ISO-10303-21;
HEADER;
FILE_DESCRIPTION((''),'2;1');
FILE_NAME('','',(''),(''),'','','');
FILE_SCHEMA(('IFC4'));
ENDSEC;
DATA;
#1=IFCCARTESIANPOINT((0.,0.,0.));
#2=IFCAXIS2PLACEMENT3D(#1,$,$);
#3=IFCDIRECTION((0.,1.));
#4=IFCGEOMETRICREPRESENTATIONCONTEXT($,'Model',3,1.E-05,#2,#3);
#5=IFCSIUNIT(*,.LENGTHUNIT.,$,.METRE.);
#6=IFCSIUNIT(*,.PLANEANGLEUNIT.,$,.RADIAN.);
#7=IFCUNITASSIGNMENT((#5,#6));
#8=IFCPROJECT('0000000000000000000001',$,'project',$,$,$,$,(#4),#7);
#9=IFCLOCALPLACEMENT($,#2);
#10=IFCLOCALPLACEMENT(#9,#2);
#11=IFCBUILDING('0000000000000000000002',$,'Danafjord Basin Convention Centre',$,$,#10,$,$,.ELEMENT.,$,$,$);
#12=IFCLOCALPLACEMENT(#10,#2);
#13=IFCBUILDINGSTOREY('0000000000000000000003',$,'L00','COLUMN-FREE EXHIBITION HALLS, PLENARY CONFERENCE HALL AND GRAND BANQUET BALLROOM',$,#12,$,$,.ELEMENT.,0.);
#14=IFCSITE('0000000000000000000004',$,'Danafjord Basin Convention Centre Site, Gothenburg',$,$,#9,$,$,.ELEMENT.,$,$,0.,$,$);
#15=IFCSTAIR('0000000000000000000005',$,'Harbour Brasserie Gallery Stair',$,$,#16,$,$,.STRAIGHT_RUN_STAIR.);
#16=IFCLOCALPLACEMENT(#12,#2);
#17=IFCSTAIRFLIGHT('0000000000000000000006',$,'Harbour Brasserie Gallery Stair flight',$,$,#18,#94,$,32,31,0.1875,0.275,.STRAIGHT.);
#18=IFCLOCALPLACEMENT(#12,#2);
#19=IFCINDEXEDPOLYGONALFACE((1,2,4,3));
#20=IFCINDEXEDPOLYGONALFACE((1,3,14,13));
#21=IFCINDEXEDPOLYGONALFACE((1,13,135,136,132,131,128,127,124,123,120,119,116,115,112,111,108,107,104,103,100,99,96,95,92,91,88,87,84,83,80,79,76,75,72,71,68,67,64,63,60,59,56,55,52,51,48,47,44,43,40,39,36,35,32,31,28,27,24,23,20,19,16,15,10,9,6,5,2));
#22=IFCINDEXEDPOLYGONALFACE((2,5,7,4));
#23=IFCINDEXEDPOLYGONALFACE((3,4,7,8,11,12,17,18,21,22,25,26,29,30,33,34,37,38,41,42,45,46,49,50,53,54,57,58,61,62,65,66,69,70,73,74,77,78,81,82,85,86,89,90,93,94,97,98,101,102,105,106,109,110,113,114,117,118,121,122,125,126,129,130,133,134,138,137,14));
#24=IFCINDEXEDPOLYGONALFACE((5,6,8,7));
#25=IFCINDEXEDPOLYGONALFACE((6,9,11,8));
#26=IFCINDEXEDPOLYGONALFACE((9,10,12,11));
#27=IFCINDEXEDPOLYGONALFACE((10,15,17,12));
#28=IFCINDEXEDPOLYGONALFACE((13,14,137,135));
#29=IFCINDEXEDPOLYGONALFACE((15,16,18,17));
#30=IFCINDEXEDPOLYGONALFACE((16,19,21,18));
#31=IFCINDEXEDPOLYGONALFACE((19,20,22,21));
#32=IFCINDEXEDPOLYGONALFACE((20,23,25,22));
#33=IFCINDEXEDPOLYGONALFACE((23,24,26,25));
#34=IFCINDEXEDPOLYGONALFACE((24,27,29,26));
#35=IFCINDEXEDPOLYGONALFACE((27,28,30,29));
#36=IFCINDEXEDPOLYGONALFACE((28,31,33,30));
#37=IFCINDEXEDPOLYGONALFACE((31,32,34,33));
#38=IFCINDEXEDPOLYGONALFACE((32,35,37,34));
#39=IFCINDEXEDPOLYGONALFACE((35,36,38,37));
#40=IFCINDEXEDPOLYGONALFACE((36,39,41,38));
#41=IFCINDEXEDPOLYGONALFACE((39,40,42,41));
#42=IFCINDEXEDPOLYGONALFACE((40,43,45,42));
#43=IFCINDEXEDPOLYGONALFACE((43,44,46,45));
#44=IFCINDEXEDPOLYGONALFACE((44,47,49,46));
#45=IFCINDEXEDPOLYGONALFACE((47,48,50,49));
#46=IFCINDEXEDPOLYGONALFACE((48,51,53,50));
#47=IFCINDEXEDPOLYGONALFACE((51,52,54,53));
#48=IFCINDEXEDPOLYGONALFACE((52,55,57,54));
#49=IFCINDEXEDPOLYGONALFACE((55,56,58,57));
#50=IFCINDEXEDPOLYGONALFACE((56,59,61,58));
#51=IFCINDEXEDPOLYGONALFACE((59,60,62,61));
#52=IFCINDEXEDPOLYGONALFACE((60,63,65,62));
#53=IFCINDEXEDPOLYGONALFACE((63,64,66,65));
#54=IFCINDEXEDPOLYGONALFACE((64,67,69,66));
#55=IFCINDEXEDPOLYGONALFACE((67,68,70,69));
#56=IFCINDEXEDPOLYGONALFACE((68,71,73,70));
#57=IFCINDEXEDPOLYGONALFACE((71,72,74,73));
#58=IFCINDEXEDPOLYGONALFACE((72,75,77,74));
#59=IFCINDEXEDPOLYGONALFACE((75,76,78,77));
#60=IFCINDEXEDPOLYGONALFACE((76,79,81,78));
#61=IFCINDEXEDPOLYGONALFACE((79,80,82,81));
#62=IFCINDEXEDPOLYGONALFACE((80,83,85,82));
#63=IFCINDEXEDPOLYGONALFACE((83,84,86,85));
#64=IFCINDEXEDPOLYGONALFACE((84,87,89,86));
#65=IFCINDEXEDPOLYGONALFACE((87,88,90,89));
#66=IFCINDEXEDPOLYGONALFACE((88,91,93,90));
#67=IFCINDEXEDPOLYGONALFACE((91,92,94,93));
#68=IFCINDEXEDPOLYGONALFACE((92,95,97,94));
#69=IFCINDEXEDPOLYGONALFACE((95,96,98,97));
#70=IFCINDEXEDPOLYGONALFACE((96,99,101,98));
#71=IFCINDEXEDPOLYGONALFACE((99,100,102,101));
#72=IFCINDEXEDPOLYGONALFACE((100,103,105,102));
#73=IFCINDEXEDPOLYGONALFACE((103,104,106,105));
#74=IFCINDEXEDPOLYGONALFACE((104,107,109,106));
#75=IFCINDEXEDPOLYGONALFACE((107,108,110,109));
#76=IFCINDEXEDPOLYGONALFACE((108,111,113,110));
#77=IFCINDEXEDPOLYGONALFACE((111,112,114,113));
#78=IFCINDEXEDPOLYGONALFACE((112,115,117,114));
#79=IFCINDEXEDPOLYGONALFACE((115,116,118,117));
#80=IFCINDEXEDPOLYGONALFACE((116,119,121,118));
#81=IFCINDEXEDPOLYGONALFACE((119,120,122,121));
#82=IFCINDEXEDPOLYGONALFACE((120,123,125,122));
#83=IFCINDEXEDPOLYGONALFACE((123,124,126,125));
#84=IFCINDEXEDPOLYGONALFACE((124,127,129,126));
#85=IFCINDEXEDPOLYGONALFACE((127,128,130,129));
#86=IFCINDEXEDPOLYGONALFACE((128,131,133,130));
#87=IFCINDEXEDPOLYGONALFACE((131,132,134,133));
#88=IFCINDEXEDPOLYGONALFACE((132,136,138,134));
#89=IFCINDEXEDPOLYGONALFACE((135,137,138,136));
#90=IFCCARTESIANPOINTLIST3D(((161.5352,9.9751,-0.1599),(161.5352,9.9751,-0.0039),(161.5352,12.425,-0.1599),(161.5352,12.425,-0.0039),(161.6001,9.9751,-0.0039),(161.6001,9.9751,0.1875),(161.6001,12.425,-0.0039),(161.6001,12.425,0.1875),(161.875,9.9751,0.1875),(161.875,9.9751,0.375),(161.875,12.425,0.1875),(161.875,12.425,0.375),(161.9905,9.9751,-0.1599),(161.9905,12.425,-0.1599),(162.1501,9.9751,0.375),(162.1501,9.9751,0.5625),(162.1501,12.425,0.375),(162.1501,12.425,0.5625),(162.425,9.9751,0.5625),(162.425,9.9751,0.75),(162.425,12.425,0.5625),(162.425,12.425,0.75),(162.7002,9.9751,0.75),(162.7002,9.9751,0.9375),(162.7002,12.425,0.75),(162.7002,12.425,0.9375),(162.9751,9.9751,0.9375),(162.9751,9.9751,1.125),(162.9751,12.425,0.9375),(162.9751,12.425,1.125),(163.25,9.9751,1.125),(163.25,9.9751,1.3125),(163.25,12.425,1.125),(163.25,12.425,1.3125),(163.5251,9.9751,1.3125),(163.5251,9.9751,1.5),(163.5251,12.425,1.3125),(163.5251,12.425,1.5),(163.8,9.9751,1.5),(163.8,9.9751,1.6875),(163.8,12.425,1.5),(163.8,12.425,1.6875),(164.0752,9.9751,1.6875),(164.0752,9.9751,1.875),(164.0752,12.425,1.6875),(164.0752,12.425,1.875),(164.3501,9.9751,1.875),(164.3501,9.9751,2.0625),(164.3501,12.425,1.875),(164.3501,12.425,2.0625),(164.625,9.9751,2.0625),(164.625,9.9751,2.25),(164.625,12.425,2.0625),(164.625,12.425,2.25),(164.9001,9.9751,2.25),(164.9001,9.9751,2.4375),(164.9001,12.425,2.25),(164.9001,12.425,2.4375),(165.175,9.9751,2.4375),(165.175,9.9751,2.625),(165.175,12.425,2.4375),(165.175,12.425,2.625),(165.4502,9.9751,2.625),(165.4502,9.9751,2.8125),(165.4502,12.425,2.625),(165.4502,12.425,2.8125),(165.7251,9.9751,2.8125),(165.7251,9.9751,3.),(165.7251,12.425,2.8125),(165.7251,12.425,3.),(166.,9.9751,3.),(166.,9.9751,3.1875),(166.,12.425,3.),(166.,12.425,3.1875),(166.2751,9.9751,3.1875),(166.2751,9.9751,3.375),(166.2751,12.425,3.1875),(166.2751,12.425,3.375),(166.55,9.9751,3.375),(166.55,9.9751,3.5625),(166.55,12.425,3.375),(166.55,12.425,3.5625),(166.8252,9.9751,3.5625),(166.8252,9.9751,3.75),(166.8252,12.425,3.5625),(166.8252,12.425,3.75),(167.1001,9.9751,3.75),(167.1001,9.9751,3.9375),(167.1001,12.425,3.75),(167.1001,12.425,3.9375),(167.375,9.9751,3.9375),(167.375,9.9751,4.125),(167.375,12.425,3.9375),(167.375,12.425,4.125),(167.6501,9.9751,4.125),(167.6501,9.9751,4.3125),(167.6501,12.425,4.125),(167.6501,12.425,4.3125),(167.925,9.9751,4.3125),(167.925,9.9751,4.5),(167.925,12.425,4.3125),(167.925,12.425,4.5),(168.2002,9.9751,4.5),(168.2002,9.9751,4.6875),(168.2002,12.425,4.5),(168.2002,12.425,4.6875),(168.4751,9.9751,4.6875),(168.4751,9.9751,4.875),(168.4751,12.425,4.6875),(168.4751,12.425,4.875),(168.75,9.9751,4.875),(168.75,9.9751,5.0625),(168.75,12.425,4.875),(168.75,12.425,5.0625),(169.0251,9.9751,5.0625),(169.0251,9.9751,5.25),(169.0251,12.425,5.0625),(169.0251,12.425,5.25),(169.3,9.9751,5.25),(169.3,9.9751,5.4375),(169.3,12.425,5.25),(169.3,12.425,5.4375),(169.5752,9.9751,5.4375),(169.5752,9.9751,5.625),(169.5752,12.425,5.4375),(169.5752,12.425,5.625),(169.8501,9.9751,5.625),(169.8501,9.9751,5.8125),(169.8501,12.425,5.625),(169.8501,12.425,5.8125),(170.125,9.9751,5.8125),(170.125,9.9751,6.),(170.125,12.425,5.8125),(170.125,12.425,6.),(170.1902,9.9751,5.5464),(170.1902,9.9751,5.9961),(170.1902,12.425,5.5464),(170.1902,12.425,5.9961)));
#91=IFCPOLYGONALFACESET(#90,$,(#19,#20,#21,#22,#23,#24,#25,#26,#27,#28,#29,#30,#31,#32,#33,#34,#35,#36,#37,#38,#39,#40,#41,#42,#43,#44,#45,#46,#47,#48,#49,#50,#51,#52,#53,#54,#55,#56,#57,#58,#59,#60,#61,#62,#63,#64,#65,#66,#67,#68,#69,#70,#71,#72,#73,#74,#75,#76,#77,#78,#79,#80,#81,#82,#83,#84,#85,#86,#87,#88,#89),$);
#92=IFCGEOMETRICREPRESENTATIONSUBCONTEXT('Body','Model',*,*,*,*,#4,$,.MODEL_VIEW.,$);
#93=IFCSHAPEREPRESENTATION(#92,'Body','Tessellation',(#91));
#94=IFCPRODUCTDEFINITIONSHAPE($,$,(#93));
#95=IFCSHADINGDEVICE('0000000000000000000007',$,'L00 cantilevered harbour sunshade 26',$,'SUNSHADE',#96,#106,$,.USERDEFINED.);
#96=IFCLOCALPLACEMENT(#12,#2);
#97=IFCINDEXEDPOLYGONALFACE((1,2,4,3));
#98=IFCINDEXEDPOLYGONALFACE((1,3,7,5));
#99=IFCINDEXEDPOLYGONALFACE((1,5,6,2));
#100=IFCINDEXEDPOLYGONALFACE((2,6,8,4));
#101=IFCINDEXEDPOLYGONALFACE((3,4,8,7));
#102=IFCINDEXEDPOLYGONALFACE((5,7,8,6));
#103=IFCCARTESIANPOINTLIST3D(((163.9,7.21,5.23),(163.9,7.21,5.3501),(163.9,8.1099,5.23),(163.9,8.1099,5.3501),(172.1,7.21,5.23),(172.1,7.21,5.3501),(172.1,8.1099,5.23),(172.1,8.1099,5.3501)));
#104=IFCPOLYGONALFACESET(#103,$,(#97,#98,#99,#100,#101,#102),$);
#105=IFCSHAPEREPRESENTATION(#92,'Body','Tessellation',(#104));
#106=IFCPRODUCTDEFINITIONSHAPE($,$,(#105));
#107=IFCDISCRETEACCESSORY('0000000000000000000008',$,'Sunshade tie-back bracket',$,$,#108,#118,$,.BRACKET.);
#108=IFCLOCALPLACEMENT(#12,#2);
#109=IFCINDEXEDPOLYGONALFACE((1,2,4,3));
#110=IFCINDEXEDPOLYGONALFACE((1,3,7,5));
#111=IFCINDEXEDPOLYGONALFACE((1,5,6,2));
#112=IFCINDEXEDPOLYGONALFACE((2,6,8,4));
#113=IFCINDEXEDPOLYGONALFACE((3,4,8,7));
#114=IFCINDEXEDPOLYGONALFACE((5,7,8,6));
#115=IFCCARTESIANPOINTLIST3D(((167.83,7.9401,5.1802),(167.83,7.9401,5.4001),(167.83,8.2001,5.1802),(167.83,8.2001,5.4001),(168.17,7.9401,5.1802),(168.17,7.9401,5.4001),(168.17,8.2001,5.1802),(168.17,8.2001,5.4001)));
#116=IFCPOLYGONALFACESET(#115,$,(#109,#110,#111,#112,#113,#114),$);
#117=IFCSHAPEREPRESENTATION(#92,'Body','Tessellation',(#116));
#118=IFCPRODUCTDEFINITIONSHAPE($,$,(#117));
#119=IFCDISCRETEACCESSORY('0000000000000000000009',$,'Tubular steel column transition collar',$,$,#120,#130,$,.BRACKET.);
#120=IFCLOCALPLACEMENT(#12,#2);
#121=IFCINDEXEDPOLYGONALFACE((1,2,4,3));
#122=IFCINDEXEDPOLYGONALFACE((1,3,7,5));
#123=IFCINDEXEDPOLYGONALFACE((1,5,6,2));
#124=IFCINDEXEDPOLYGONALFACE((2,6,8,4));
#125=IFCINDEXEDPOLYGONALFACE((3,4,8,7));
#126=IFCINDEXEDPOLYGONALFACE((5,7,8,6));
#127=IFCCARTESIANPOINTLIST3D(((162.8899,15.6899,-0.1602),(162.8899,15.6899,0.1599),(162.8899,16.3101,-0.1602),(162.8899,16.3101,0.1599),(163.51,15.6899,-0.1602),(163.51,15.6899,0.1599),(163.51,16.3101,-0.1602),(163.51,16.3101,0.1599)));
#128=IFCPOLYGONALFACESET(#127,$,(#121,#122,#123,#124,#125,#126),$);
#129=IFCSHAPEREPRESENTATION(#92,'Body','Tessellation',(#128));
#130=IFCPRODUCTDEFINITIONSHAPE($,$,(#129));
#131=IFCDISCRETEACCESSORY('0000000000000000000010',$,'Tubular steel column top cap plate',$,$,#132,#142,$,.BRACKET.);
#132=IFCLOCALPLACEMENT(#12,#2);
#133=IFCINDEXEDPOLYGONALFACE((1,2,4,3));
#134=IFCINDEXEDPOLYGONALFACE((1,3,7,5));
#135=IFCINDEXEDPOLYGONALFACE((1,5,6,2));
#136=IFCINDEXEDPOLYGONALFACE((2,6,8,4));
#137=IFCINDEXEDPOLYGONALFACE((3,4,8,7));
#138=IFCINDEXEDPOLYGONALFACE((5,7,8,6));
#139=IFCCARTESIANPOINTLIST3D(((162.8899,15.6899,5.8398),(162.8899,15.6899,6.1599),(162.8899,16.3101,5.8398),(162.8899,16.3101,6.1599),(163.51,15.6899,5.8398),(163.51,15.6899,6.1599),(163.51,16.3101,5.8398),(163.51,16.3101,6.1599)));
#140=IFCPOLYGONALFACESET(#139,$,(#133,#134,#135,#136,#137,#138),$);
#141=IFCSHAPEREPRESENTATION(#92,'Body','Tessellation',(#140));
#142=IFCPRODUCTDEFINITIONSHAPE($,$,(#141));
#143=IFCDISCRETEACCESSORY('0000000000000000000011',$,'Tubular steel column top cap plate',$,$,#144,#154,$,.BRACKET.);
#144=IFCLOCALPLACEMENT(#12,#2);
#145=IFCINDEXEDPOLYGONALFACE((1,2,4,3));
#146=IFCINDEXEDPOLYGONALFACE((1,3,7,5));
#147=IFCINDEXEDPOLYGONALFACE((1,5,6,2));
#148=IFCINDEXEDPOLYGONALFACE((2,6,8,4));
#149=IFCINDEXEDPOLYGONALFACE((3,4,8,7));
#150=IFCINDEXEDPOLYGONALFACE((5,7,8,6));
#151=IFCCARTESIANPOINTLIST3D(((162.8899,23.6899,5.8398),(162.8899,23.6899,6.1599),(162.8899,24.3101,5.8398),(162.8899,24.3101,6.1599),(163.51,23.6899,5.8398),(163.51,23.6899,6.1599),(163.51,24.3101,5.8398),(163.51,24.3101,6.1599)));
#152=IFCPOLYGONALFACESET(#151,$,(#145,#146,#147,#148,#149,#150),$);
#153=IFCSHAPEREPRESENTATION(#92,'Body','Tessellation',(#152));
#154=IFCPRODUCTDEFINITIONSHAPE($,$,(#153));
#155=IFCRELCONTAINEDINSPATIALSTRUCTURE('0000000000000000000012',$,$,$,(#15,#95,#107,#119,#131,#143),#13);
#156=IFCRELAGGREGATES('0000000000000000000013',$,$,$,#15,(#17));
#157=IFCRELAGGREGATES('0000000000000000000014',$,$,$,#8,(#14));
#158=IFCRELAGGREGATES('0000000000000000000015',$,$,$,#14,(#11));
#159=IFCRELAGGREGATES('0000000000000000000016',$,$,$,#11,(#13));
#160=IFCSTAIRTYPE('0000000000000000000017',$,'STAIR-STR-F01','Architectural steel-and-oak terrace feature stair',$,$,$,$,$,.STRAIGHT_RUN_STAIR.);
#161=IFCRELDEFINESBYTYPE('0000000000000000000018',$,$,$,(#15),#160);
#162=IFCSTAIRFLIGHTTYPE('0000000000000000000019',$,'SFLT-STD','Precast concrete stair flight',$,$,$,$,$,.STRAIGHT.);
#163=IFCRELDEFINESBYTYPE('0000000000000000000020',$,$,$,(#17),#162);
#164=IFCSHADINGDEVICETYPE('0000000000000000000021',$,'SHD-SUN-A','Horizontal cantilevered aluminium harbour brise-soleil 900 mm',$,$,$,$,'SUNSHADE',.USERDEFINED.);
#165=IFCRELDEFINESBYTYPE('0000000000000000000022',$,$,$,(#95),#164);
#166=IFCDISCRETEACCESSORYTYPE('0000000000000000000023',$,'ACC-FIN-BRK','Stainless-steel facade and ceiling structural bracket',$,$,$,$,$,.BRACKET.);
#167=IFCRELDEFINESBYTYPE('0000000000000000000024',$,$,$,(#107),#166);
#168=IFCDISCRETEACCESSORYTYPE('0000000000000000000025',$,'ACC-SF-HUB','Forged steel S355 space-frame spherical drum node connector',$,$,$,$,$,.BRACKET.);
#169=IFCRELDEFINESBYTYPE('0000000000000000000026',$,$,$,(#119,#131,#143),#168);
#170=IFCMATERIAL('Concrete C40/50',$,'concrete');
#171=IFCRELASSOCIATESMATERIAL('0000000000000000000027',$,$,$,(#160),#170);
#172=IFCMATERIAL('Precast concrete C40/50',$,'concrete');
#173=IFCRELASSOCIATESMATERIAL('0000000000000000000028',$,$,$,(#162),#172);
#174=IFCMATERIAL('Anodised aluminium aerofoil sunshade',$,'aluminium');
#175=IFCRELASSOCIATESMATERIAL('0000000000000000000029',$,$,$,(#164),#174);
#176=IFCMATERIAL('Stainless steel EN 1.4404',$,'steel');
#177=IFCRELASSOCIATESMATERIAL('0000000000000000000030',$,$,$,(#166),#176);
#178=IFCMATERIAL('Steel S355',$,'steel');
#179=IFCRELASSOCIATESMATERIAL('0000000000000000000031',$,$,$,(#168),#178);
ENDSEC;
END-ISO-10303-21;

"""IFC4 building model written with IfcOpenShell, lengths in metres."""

from ifc_helpers import new_model, si_unit, direction, frame, origin, origin_2d, place, context, subcontext, project, spatial, polyline, rectangle, outline, extrude, material, type_object, element, aggregate, save


model = new_model("IFC4")

# Units and contexts
model_context = context("Model", 3, precision=1e-05, world=origin(), true_north=direction((0.0, 1.0)))
body_context = subcontext(model_context, "Body", "Model", "MODEL_VIEW")
ifc_project = project(units=[si_unit("LENGTHUNIT", "METRE"), si_unit("PLANEANGLEUNIT", "RADIAN")], contexts=[model_context])

# Site, building, storey
site_placement = place(None, origin())
site = spatial("IfcSite", under=ifc_project, at=site_placement, Name="Danafjord Basin Convention Centre Site, Gothenburg", CompositionType="ELEMENT", RefElevation=0.0)
building_placement = place(site_placement, origin())
building = spatial("IfcBuilding", under=site, at=building_placement, Name="Danafjord Basin Convention Centre", CompositionType="ELEMENT")
storey_placement = place(building_placement, origin())
storey = spatial("IfcBuildingStorey", under=building, at=storey_placement, Name="L00", Description="COLUMN-FREE EXHIBITION HALLS, PLENARY CONFERENCE HALL AND GRAND BANQUET BALLROOM", CompositionType="ELEMENT", Elevation=0.0)

# Shared definitions
ifc_material_1 = material(Name="Steel S355", Category="steel")

# Stair, stair flight
ifc_material_2 = material(Name="Concrete C40/50", Category="concrete")
stair_type = type_object("IfcStairType", Name="STAIR-STR-F01", Description="Architectural steel-and-oak terrace feature stair", PredefinedType="STRAIGHT_RUN_STAIR", material=ifc_material_2)
stair_placement = place(storey_placement, origin())
stair = element("IfcStair", 1, at=stair_placement, inside=storey, type_object=stair_type, Name="Harbour Brasserie Gallery Stair", PredefinedType="STRAIGHT_RUN_STAIR")
ifc_material_3 = material(Name="Precast concrete C40/50", Category="concrete")
stair_flight_type = type_object("IfcStairFlightType", Name="SFLT-STD", Description="Precast concrete stair flight", PredefinedType="STRAIGHT", material=ifc_material_3)
stair_flight_placement = place(storey_placement, frame((161.6001, 11.2, 0.0), z_axis=(0.0, 0.0, 1.0), x_axis=(1.0, 0.0, 0.0)))
stair_flight = element("IfcStairFlight", 2, at=stair_flight_placement, type_object=stair_flight_type, Name="Harbour Brasserie Gallery Stair flight", NumberOfRisers=32, NumberOfTreads=31, PredefinedType="STRAIGHT", RiserHeight=0.1875, TreadLength=0.275, context=body_context, shape_type="SweptSolid", body=[
    extrude(outline(polyline([(-0.0649, -0.1599), (-0.0649, -0.0039), (0.0, -0.0039), (0.0, 0.1875), (0.2749, 0.1875), (0.2749, 0.375), (0.55, 0.375), (0.55, 0.5625), (0.825, 0.5625), (0.825, 0.75), (1.1001, 0.75), (1.1001, 0.9375), (1.375, 0.9375), (1.375, 1.125), (1.6499, 1.125), (1.6499, 1.3125), (1.925, 1.3125), (1.925, 1.5), (2.2, 1.5), (2.2, 1.6875), (2.4751, 1.6875), (2.4751, 1.875), (2.75, 1.875), (2.75, 2.0625), (3.0249, 2.0625), (3.0249, 2.25), (3.3, 2.25), (3.3, 2.4375), (3.575, 2.4375), (3.575, 2.625), (3.8501, 2.625), (3.8501, 2.8125), (4.125, 2.8125), (4.125, 3.0), (4.3999, 3.0), (4.3999, 3.1875), (4.675, 3.1875), (4.675, 3.375), (4.95, 3.375), (4.95, 3.5625), (5.2251, 3.5625), (5.2251, 3.75), (5.5, 3.75), (5.5, 3.9375), (5.7749, 3.9375), (5.7749, 4.125), (6.05, 4.125), (6.05, 4.3125), (6.325, 4.3125), (6.325, 4.5), (6.6001, 4.5), (6.6001, 4.6875), (6.875, 4.6875), (6.875, 4.875), (7.1499, 4.875), (7.1499, 5.0625), (7.425, 5.0625), (7.425, 5.25), (7.7, 5.25), (7.7, 5.4375), (7.9751, 5.4375), (7.9751, 5.625), (8.25, 5.625), (8.25, 5.8125), (8.5249, 5.8125), (8.5249, 6.0), (8.5901, 5.9961), (8.5901, 5.5464), (0.3904, -0.1599), (-0.0649, -0.1599)])), frame((0.0, 1.2251, 0.0), z_axis=(0.0, -1.0, 0.0), x_axis=(1.0, 0.0, 0.0)), (0.0, 0.0, 1.0), 2.45),
])
aggregate(stair, [stair_flight])

# Shading device
ifc_material_4 = material(Name="Anodised aluminium aerofoil sunshade", Category="aluminium")
shading_device_type = type_object("IfcShadingDeviceType", Name="SHD-SUN-A", Description="Horizontal cantilevered aluminium harbour brise-soleil 900 mm", ElementType="SUNSHADE", PredefinedType="USERDEFINED", material=ifc_material_4)
shading_device_placement = place(storey_placement, frame((168.0, 7.6599, 5.23), z_axis=(0.0, 0.0, 1.0), x_axis=(1.0, 0.0, 0.0)))
element("IfcShadingDevice", 3, at=shading_device_placement, inside=storey, type_object=shading_device_type, Name="L00 cantilevered harbour sunshade 26", ObjectType="SUNSHADE", PredefinedType="USERDEFINED", context=body_context, shape_type="SweptSolid", body=[
    extrude(rectangle(XDim=8.2, YDim=0.8999, at=origin_2d()), origin(), (0.0, 0.0, 1.0), 0.1201),
])

# Discrete accessories
ifc_material_5 = material(Name="Stainless steel EN 1.4404", Category="steel")
discrete_accessory_type_1 = type_object("IfcDiscreteAccessoryType", Name="ACC-FIN-BRK", Description="Stainless-steel facade and ceiling structural bracket", PredefinedType="BRACKET", material=ifc_material_5)
discrete_accessory_placement = place(storey_placement, frame((168.0, 8.0701, 5.1802), z_axis=(0.0, 0.0, 1.0), x_axis=(1.0, 0.0, 0.0)))
element("IfcDiscreteAccessory", 4, at=discrete_accessory_placement, inside=storey, type_object=discrete_accessory_type_1, Name="Sunshade tie-back bracket", PredefinedType="BRACKET", context=body_context, shape_type="SweptSolid", body=[
    extrude(rectangle(XDim=0.3401, YDim=0.26, at=origin_2d()), origin(), (0.0, 0.0, 1.0), 0.22),
])
discrete_accessory_type_2 = type_object("IfcDiscreteAccessoryType", Name="ACC-SF-HUB", Description="Forged steel S355 space-frame spherical drum node connector", PredefinedType="BRACKET", material=ifc_material_1)
for number, where, z_axis, x_axis, name in (
    (5, (163.2, 16.0, -0.1602), (0.0, 0.0, 1.0), (1.0, 0.0, 0.0), "Tubular steel column transition collar"),
    (6, (163.2, 16.0, 5.8398), (0.0, 0.0, 1.0), (1.0, 0.0, 0.0), "Tubular steel column top cap plate"),
    (7, (163.2, 24.0, 5.8398), (0.0, 0.0, 1.0), (1.0, 0.0, 0.0), "Tubular steel column top cap plate"),
):
    element("IfcDiscreteAccessory", number, at=place(storey_placement, frame(where, z_axis=z_axis, x_axis=x_axis)), inside=storey, type_object=discrete_accessory_type_2, Name=name, PredefinedType="BRACKET", context=body_context, shape_type="SweptSolid", body=[
        extrude(rectangle(XDim=0.6201, YDim=0.6201, at=origin_2d()), origin(), (0.0, 0.0, 1.0), 0.3201),
    ])

save(model, "model.ifc")
